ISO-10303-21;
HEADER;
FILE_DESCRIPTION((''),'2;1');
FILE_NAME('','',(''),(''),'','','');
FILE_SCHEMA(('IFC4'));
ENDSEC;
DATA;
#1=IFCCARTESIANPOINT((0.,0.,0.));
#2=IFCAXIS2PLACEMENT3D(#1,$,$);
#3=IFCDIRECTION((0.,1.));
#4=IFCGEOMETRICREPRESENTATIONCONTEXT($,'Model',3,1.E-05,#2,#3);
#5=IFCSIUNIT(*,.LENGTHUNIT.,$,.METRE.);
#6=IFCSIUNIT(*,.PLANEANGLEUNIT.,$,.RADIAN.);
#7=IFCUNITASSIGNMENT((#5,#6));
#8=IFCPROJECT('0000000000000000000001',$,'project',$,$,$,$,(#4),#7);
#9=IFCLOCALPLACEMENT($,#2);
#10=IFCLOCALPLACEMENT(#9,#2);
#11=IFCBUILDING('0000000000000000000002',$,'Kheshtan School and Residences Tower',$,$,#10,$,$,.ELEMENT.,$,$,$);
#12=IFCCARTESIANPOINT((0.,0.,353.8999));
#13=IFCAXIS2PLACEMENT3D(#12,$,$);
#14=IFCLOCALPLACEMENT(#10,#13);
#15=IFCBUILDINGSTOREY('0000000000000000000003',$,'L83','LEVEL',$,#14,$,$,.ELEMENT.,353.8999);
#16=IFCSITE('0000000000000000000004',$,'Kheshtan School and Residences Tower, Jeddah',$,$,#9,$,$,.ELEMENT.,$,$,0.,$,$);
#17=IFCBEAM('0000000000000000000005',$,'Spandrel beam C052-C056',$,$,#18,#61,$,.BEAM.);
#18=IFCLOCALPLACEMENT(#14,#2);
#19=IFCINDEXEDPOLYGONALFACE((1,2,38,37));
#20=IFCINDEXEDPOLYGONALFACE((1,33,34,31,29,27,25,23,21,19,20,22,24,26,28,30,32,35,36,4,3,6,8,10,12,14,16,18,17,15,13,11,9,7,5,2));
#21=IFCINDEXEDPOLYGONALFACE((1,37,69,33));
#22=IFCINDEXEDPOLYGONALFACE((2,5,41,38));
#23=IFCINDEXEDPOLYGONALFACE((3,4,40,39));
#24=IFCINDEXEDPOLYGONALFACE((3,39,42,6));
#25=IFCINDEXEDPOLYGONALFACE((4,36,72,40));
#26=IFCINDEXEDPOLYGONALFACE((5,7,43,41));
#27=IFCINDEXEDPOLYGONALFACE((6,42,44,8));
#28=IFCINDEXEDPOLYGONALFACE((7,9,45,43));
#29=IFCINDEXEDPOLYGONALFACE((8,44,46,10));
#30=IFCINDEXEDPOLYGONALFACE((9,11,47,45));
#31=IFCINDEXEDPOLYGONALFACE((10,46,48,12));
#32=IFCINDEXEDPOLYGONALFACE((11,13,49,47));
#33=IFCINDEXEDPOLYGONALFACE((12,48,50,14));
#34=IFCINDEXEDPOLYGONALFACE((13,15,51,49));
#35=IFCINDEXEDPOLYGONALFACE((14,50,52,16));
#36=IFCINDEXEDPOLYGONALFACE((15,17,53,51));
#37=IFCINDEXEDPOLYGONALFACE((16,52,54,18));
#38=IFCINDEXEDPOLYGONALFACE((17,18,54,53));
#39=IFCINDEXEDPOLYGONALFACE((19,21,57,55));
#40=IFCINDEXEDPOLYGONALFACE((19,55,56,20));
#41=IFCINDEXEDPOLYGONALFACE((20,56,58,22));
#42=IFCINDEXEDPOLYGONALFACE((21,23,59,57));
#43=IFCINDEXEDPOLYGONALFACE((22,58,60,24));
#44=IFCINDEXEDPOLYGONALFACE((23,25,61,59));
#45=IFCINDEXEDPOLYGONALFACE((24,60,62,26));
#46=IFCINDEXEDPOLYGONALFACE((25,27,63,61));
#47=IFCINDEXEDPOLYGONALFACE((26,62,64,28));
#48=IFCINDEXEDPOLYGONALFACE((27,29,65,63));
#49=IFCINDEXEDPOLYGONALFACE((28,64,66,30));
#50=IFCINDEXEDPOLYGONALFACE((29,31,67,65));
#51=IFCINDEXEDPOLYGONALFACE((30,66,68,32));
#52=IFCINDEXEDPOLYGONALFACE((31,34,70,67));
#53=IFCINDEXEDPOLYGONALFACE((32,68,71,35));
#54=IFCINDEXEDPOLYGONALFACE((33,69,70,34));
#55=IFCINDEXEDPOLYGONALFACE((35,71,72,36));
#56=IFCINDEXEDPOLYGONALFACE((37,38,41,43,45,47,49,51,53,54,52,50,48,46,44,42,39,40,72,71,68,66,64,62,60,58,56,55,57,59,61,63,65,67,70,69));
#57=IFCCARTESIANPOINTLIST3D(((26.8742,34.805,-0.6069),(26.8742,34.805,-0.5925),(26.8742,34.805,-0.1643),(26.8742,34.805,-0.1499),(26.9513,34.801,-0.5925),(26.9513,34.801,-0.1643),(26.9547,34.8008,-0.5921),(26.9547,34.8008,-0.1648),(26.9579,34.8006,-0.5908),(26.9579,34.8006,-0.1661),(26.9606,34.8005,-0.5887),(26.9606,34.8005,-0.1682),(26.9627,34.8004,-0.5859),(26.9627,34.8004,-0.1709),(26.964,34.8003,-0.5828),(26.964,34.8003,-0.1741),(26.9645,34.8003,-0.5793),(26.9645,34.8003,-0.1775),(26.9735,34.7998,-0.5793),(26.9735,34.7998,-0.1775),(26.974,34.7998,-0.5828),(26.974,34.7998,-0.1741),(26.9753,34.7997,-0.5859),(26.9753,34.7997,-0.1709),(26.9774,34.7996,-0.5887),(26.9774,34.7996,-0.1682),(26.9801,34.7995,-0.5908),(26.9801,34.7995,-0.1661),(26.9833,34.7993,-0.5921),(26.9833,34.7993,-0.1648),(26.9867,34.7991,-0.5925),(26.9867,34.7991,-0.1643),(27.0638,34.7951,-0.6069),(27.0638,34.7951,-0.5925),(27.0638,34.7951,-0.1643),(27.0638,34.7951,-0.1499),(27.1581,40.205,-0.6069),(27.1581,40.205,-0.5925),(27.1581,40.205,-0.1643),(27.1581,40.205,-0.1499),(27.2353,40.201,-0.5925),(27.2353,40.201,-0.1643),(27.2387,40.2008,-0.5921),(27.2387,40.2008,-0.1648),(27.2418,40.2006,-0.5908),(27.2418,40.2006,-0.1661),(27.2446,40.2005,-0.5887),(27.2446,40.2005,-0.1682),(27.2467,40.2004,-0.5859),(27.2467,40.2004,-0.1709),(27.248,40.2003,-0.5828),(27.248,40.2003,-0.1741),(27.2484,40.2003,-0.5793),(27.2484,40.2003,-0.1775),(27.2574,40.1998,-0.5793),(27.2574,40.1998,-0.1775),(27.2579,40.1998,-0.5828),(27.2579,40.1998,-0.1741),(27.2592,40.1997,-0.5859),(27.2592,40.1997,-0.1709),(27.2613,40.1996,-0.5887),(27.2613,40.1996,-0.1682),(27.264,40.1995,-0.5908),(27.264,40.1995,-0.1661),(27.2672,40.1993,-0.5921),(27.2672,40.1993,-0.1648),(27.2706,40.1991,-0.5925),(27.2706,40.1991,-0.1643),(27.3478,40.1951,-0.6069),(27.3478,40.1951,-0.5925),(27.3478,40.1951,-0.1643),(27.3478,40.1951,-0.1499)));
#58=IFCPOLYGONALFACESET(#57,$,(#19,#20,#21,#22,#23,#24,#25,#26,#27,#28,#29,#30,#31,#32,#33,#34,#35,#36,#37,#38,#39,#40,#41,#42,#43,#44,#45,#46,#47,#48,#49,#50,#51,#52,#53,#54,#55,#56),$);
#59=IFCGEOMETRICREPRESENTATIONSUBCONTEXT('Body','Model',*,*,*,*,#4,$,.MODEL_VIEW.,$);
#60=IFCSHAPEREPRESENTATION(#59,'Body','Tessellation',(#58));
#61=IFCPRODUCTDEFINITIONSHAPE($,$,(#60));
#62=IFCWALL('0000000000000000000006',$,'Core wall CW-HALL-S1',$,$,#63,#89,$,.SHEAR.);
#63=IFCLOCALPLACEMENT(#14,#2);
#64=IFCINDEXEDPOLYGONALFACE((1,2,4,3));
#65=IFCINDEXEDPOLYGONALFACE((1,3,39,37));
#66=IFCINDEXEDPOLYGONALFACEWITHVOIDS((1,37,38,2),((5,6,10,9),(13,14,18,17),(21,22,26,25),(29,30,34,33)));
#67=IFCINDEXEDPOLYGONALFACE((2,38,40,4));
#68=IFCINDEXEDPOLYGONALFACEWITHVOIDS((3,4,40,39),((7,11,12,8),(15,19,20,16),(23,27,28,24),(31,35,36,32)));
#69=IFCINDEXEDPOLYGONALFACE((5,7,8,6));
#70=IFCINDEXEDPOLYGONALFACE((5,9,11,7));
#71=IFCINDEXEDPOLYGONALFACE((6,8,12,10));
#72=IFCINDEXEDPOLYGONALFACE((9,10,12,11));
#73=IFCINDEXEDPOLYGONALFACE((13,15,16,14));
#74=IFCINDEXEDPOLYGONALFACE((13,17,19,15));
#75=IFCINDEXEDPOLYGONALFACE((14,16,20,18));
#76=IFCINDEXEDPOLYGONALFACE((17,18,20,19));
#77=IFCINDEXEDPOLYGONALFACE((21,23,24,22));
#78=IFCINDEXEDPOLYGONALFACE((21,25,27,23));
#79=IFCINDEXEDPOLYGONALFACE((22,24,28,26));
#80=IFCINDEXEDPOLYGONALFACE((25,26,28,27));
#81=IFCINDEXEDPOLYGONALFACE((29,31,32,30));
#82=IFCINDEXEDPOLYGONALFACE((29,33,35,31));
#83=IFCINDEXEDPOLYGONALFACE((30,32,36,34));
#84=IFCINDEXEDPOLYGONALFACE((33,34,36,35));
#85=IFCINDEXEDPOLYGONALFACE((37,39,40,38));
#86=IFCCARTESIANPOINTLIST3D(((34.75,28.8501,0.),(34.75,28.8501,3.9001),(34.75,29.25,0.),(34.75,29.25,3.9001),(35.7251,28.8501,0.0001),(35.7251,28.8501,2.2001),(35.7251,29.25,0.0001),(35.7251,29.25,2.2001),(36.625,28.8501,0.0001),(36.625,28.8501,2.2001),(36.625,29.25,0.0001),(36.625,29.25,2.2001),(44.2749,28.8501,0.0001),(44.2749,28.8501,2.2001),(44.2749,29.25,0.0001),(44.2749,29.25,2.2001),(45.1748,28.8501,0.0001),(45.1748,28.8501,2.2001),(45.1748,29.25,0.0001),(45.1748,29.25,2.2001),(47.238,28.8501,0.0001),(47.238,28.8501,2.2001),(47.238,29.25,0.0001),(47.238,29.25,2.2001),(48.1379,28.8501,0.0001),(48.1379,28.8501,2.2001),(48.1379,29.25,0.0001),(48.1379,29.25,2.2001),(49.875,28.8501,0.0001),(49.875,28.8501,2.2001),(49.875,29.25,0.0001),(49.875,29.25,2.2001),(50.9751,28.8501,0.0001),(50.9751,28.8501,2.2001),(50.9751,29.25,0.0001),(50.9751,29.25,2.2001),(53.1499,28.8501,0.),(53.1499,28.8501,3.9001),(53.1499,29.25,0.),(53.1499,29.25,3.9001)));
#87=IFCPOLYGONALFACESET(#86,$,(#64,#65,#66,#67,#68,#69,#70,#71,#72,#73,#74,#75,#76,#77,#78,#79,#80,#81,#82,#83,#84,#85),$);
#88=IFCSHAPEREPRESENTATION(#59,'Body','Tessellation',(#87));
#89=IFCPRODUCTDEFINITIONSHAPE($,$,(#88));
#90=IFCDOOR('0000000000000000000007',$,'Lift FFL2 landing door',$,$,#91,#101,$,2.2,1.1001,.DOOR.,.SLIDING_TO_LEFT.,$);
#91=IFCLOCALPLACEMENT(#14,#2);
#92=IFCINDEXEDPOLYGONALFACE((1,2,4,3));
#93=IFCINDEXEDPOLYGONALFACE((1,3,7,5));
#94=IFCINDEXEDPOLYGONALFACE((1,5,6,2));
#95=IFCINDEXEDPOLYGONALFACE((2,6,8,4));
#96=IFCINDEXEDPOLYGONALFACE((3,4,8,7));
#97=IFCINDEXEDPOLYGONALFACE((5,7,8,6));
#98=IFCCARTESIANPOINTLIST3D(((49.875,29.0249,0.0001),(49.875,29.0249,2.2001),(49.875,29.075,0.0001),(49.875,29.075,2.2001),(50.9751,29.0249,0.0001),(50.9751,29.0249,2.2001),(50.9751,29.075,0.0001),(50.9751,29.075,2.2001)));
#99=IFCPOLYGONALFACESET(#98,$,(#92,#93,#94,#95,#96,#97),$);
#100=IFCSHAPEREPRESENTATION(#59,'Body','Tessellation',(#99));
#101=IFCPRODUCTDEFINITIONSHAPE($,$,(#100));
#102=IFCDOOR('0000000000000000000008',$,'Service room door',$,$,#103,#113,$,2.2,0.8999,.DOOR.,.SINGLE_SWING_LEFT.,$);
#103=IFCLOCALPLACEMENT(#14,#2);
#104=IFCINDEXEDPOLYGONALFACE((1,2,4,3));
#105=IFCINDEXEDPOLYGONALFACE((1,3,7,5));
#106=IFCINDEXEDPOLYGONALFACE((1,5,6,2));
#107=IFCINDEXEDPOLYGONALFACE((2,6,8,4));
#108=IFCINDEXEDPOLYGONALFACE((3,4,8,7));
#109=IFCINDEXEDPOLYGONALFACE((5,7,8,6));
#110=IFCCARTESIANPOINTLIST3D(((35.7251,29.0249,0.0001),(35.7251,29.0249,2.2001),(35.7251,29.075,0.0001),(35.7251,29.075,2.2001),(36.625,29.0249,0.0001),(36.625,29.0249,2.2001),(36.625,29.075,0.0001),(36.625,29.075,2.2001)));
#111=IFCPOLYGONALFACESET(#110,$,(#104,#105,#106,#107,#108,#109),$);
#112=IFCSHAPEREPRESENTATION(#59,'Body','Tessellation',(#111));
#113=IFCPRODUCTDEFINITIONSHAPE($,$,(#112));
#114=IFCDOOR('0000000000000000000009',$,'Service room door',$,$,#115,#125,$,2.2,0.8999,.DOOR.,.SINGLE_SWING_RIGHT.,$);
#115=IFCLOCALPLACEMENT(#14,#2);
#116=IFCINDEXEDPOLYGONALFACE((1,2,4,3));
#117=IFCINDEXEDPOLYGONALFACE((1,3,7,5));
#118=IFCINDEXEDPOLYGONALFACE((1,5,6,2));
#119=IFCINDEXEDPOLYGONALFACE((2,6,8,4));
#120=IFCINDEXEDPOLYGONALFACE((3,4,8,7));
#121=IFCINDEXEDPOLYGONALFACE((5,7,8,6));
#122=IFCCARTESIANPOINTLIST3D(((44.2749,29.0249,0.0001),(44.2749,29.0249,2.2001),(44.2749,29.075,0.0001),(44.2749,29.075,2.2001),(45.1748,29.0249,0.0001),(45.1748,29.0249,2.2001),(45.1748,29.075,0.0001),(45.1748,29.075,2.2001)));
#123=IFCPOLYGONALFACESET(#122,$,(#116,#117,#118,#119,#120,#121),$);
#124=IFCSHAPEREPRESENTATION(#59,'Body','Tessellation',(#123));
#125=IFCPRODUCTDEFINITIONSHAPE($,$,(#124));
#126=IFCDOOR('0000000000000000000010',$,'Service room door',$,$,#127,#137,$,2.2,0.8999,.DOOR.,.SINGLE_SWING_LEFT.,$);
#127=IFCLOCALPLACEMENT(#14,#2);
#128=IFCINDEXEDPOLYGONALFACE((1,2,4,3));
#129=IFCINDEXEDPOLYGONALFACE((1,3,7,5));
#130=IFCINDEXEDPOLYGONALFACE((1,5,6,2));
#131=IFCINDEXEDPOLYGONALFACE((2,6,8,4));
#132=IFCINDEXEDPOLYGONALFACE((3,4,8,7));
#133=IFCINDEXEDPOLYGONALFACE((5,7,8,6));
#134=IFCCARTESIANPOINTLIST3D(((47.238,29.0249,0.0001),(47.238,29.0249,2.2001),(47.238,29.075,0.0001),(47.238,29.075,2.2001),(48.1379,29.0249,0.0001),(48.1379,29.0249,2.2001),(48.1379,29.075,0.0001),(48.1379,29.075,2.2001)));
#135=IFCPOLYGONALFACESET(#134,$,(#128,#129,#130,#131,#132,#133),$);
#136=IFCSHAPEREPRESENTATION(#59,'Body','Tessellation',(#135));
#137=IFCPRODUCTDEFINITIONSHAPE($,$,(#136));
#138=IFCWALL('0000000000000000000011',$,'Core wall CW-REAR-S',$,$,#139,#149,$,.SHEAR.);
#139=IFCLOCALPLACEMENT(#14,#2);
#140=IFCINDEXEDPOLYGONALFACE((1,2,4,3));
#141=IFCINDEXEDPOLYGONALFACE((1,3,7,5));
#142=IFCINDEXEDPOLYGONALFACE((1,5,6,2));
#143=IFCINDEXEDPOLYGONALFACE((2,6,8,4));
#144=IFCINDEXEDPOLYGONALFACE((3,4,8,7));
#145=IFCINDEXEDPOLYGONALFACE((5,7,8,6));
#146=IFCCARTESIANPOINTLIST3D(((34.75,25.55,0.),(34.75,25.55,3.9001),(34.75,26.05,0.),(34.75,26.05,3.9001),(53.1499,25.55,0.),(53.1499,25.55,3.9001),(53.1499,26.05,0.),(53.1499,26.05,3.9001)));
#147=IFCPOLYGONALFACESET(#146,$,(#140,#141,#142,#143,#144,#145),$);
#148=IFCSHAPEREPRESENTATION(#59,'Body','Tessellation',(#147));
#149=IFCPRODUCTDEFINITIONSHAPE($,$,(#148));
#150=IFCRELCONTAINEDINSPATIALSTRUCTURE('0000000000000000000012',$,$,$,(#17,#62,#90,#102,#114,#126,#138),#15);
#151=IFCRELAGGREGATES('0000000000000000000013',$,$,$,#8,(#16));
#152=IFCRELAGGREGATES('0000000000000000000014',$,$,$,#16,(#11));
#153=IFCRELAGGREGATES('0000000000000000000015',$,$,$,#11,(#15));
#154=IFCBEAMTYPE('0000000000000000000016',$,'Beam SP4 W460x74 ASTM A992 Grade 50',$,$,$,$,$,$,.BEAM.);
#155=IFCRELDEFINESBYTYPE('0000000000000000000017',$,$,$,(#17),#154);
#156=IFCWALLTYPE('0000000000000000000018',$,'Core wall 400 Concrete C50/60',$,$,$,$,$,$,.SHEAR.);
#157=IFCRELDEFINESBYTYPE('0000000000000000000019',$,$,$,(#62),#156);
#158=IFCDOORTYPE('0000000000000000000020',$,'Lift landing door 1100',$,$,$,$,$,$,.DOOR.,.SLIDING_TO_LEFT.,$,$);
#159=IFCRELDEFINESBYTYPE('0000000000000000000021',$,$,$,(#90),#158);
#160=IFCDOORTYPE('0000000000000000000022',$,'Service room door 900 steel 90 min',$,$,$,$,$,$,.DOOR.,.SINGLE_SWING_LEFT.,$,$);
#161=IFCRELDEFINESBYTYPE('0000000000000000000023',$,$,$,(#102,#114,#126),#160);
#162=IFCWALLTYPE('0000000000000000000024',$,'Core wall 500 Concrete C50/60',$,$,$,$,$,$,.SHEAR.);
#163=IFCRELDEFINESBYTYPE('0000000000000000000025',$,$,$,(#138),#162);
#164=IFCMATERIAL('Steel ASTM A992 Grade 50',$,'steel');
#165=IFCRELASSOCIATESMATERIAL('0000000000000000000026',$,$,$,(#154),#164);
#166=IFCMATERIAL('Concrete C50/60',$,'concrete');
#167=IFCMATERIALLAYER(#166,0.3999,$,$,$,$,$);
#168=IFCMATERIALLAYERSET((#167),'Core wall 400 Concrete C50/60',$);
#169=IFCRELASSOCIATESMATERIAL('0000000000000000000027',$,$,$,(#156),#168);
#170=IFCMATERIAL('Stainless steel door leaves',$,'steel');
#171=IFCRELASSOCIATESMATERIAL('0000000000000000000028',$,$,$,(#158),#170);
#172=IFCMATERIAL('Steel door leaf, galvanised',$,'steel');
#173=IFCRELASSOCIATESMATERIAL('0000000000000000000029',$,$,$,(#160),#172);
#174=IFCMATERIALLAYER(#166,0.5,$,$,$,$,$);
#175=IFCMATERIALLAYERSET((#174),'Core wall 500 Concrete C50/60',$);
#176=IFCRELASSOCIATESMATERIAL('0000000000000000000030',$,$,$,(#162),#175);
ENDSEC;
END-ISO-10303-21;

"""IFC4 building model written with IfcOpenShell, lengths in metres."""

from ifc_helpers import new_model, si_unit, direction, frame, frame_2d, origin, origin_2d, place, context, subcontext, project, spatial, rectangle, i_section, extrude, source, transform, mapped, material, layer, layer_set, material_profile, profile_set, type_object, element, fill, save


model = new_model("IFC4")

# Units and contexts
model_context = context("Model", 3, precision=1e-05, world=origin(), true_north=direction((0.0, 1.0)))
body_context = subcontext(model_context, "Body", "Model", "MODEL_VIEW")
ifc_project = project(units=[si_unit("LENGTHUNIT", "METRE"), si_unit("PLANEANGLEUNIT", "RADIAN")], contexts=[model_context])

# Site, building, storey
site_placement = place(None, origin())
site = spatial("IfcSite", under=ifc_project, at=site_placement, Name="Kheshtan School and Residences Tower, Jeddah", CompositionType="ELEMENT", RefElevation=0.0)
building_placement = place(site_placement, origin())
building = spatial("IfcBuilding", under=site, at=building_placement, Name="Kheshtan School and Residences Tower", CompositionType="ELEMENT")
storey_placement = place(building_placement, frame((0.0, 0.0, 353.8999)))
storey = spatial("IfcBuildingStorey", under=building, at=storey_placement, Name="L83", Description="LEVEL", CompositionType="ELEMENT", Elevation=353.8999)

# Shared definitions
ifc_material_1 = material(Name="Steel ASTM A992 Grade 50", Category="steel")

# Beam
ifc_material_profile_1 = material_profile(ifc_material_1, i_section(OverallWidth=0.1899, OverallDepth=0.457, WebThickness=0.009, FlangeThickness=0.0144, FilletRadius=0.0132, at=origin_2d()), Name="W460x74")
ifc_profile_set_1 = profile_set([ifc_material_profile_1], Name="Steel ASTM A992 Grade 50")
beam_type_1 = type_object("IfcBeamType", Name="Beam SP4 W460x74 ASTM A992 Grade 50", PredefinedType="BEAM", material=ifc_profile_set_1)
beam_1_placement = place(storey_placement, frame((26.969, 34.8, -0.3784), z_axis=(0.052509, 0.99862, 0.0), x_axis=(-0.99862, 0.052509, 0.0)))
element("IfcBeam", 1, at=beam_1_placement, inside=storey, type_object=beam_type_1, Name="Spandrel beam C052-C056", PredefinedType="BEAM", context=body_context, shape_type="SweptSolid", body=[
    extrude(i_section(OverallWidth=0.1899, OverallDepth=0.457, WebThickness=0.009, FlangeThickness=0.0144, FilletRadius=0.0132, at=origin_2d()), origin(), (0.0, 0.0, 1.0), 5.4075),
])

# Wall, openings, doors
ifc_material_2 = material(Name="Concrete C50/60", Category="concrete")
ifc_layer_1 = layer(ifc_material_2, 0.3999)
ifc_layer_set_1 = layer_set([ifc_layer_1], Name="Core wall 400 Concrete C50/60")
wall_type_1 = type_object("IfcWallType", Name="Core wall 400 Concrete C50/60", PredefinedType="SHEAR", material=ifc_layer_set_1)
wall_1_placement = place(storey_placement, frame((34.75, 29.05, 0.0), z_axis=(0.0, 0.0, 1.0), x_axis=(1.0, 0.0, 0.0)))
wall_1 = element("IfcWall", 2, at=wall_1_placement, inside=storey, type_object=wall_type_1, Name="Core wall CW-HALL-S1", PredefinedType="SHEAR", context=body_context, shape_type="SweptSolid", body=[
    extrude(rectangle(XDim=18.3999, YDim=0.3999, at=frame_2d((9.2, 0.0))), origin(), (0.0, 0.0, 1.0), 3.9001),
])
opening_1_placement = place(wall_1_placement, frame((15.125, 0.0, 0.0)))
opening_1 = element("IfcOpeningElement", 3, at=opening_1_placement, cuts=wall_1, PredefinedType="OPENING", context=body_context, shape_type="SweptSolid", body=[
    extrude(rectangle(XDim=1.1001, YDim=2.2, at=frame_2d((0.55, 1.1001))), frame((0.0, 0.21, 0.0), z_axis=(0.0, -1.0, 0.0), x_axis=(1.0, 0.0, 0.0)), (0.0, 0.0, 1.0), 0.4199),
])
opening_2_placement = place(wall_1_placement, frame((0.9751, 0.0, 0.0)))
opening_2 = element("IfcOpeningElement", 4, at=opening_2_placement, cuts=wall_1, PredefinedType="OPENING", context=body_context, shape_type="SweptSolid", body=[
    extrude(rectangle(XDim=0.8999, YDim=2.2, at=frame_2d((0.45, 1.1001))), frame((0.0, 0.21, 0.0), z_axis=(0.0, -1.0, 0.0), x_axis=(1.0, 0.0, 0.0)), (0.0, 0.0, 1.0), 0.4199),
])
opening_3_placement = place(wall_1_placement, frame((9.5249, 0.0, 0.0)))
opening_3 = element("IfcOpeningElement", 5, at=opening_3_placement, cuts=wall_1, PredefinedType="OPENING", context=body_context, shape_type="SweptSolid", body=[
    extrude(rectangle(XDim=0.8999, YDim=2.2, at=frame_2d((0.45, 1.1001))), frame((0.0, 0.21, 0.0), z_axis=(0.0, -1.0, 0.0), x_axis=(1.0, 0.0, 0.0)), (0.0, 0.0, 1.0), 0.4199),
])
opening_4_placement = place(wall_1_placement, frame((12.488, 0.0, 0.0)))
opening_4 = element("IfcOpeningElement", 6, at=opening_4_placement, cuts=wall_1, PredefinedType="OPENING", context=body_context, shape_type="SweptSolid", body=[
    extrude(rectangle(XDim=0.8999, YDim=2.2, at=frame_2d((0.45, 1.1001))), frame((0.0, 0.21, 0.0), z_axis=(0.0, -1.0, 0.0), x_axis=(1.0, 0.0, 0.0)), (0.0, 0.0, 1.0), 0.4199),
])
ifc_material_3 = material(Name="Stainless steel door leaves", Category="steel")
door_type_1 = type_object("IfcDoorType", Name="Lift landing door 1100", OperationType="SLIDING_TO_LEFT", PredefinedType="DOOR", material=ifc_material_3)
shared_shape_1 = source(origin(), body_context, "Body", "SweptSolid", [
    extrude(rectangle(XDim=1.1001, YDim=2.2, at=frame_2d((0.55, 1.1001))), frame((0.0, 0.0249, 0.0), z_axis=(0.0, -1.0, 0.0), x_axis=(1.0, 0.0, 0.0)), (0.0, 0.0, 1.0), 0.05),
])
door_1_placement = place(opening_1_placement, origin())
door_1 = element("IfcDoor", 7, at=door_1_placement, inside=storey, type_object=door_type_1, Name="Lift FFL2 landing door", OperationType="SLIDING_TO_LEFT", OverallHeight=2.2, OverallWidth=1.1001, PredefinedType="DOOR", context=body_context, shape_type="MappedRepresentation", body=[
    mapped(shared_shape_1, transform((0.0, 0.0, 0.0), x_axis=(1.0, 0.0, 0.0), y_axis=(0.0, 1.0, 0.0), z_axis=(0.0, 0.0, 1.0), scale=1.0)),
])
fill(opening_1, door_1)
ifc_material_4 = material(Name="Steel door leaf, galvanised", Category="steel")
door_type_2 = type_object("IfcDoorType", Name="Service room door 900 steel 90 min", OperationType="SINGLE_SWING_LEFT", PredefinedType="DOOR", material=ifc_material_4)
shared_shape_2 = source(origin(), body_context, "Body", "SweptSolid", [
    extrude(rectangle(XDim=0.8999, YDim=2.2, at=frame_2d((0.45, 1.1001))), frame((0.0, 0.0249, 0.0), z_axis=(0.0, -1.0, 0.0), x_axis=(1.0, 0.0, 0.0)), (0.0, 0.0, 1.0), 0.05),
])
door_2_placement = place(opening_2_placement, origin())
door_2 = element("IfcDoor", 8, at=door_2_placement, inside=storey, type_object=door_type_2, Name="Service room door", OperationType="SINGLE_SWING_LEFT", OverallHeight=2.2, OverallWidth=0.8999, PredefinedType="DOOR", context=body_context, shape_type="MappedRepresentation", body=[
    mapped(shared_shape_2, transform((0.0, 0.0, 0.0), x_axis=(1.0, 0.0, 0.0), y_axis=(0.0, 1.0, 0.0), z_axis=(0.0, 0.0, 1.0), scale=1.0)),
])
fill(opening_2, door_2)
door_3_placement = place(opening_3_placement, origin())
door_3 = element("IfcDoor", 9, at=door_3_placement, inside=storey, type_object=door_type_2, Name="Service room door", OperationType="SINGLE_SWING_RIGHT", OverallHeight=2.2, OverallWidth=0.8999, PredefinedType="DOOR", context=body_context, shape_type="MappedRepresentation", body=[
    mapped(shared_shape_2, transform((0.0, 0.0, 0.0), x_axis=(1.0, 0.0, 0.0), y_axis=(0.0, 1.0, 0.0), z_axis=(0.0, 0.0, 1.0), scale=1.0)),
])
fill(opening_3, door_3)
door_4_placement = place(opening_4_placement, origin())
door_4 = element("IfcDoor", 10, at=door_4_placement, inside=storey, type_object=door_type_2, Name="Service room door", OperationType="SINGLE_SWING_LEFT", OverallHeight=2.2, OverallWidth=0.8999, PredefinedType="DOOR", context=body_context, shape_type="MappedRepresentation", body=[
    mapped(shared_shape_2, transform((0.0, 0.0, 0.0), x_axis=(1.0, 0.0, 0.0), y_axis=(0.0, 1.0, 0.0), z_axis=(0.0, 0.0, 1.0), scale=1.0)),
])
fill(opening_4, door_4)

# Wall
ifc_layer_2 = layer(ifc_material_2, 0.5)
ifc_layer_set_2 = layer_set([ifc_layer_2], Name="Core wall 500 Concrete C50/60")
wall_type_2 = type_object("IfcWallType", Name="Core wall 500 Concrete C50/60", PredefinedType="SHEAR", material=ifc_layer_set_2)
wall_2_placement = place(storey_placement, frame((34.75, 25.8, 0.0), z_axis=(0.0, 0.0, 1.0), x_axis=(1.0, 0.0, 0.0)))
element("IfcWall", 11, at=wall_2_placement, inside=storey, type_object=wall_type_2, Name="Core wall CW-REAR-S", PredefinedType="SHEAR", context=body_context, shape_type="SweptSolid", body=[
    extrude(rectangle(XDim=18.3999, YDim=0.5, at=frame_2d((9.2, 0.0))), origin(), (0.0, 0.0, 1.0), 3.9001),
])

save(model, "model.ifc")
